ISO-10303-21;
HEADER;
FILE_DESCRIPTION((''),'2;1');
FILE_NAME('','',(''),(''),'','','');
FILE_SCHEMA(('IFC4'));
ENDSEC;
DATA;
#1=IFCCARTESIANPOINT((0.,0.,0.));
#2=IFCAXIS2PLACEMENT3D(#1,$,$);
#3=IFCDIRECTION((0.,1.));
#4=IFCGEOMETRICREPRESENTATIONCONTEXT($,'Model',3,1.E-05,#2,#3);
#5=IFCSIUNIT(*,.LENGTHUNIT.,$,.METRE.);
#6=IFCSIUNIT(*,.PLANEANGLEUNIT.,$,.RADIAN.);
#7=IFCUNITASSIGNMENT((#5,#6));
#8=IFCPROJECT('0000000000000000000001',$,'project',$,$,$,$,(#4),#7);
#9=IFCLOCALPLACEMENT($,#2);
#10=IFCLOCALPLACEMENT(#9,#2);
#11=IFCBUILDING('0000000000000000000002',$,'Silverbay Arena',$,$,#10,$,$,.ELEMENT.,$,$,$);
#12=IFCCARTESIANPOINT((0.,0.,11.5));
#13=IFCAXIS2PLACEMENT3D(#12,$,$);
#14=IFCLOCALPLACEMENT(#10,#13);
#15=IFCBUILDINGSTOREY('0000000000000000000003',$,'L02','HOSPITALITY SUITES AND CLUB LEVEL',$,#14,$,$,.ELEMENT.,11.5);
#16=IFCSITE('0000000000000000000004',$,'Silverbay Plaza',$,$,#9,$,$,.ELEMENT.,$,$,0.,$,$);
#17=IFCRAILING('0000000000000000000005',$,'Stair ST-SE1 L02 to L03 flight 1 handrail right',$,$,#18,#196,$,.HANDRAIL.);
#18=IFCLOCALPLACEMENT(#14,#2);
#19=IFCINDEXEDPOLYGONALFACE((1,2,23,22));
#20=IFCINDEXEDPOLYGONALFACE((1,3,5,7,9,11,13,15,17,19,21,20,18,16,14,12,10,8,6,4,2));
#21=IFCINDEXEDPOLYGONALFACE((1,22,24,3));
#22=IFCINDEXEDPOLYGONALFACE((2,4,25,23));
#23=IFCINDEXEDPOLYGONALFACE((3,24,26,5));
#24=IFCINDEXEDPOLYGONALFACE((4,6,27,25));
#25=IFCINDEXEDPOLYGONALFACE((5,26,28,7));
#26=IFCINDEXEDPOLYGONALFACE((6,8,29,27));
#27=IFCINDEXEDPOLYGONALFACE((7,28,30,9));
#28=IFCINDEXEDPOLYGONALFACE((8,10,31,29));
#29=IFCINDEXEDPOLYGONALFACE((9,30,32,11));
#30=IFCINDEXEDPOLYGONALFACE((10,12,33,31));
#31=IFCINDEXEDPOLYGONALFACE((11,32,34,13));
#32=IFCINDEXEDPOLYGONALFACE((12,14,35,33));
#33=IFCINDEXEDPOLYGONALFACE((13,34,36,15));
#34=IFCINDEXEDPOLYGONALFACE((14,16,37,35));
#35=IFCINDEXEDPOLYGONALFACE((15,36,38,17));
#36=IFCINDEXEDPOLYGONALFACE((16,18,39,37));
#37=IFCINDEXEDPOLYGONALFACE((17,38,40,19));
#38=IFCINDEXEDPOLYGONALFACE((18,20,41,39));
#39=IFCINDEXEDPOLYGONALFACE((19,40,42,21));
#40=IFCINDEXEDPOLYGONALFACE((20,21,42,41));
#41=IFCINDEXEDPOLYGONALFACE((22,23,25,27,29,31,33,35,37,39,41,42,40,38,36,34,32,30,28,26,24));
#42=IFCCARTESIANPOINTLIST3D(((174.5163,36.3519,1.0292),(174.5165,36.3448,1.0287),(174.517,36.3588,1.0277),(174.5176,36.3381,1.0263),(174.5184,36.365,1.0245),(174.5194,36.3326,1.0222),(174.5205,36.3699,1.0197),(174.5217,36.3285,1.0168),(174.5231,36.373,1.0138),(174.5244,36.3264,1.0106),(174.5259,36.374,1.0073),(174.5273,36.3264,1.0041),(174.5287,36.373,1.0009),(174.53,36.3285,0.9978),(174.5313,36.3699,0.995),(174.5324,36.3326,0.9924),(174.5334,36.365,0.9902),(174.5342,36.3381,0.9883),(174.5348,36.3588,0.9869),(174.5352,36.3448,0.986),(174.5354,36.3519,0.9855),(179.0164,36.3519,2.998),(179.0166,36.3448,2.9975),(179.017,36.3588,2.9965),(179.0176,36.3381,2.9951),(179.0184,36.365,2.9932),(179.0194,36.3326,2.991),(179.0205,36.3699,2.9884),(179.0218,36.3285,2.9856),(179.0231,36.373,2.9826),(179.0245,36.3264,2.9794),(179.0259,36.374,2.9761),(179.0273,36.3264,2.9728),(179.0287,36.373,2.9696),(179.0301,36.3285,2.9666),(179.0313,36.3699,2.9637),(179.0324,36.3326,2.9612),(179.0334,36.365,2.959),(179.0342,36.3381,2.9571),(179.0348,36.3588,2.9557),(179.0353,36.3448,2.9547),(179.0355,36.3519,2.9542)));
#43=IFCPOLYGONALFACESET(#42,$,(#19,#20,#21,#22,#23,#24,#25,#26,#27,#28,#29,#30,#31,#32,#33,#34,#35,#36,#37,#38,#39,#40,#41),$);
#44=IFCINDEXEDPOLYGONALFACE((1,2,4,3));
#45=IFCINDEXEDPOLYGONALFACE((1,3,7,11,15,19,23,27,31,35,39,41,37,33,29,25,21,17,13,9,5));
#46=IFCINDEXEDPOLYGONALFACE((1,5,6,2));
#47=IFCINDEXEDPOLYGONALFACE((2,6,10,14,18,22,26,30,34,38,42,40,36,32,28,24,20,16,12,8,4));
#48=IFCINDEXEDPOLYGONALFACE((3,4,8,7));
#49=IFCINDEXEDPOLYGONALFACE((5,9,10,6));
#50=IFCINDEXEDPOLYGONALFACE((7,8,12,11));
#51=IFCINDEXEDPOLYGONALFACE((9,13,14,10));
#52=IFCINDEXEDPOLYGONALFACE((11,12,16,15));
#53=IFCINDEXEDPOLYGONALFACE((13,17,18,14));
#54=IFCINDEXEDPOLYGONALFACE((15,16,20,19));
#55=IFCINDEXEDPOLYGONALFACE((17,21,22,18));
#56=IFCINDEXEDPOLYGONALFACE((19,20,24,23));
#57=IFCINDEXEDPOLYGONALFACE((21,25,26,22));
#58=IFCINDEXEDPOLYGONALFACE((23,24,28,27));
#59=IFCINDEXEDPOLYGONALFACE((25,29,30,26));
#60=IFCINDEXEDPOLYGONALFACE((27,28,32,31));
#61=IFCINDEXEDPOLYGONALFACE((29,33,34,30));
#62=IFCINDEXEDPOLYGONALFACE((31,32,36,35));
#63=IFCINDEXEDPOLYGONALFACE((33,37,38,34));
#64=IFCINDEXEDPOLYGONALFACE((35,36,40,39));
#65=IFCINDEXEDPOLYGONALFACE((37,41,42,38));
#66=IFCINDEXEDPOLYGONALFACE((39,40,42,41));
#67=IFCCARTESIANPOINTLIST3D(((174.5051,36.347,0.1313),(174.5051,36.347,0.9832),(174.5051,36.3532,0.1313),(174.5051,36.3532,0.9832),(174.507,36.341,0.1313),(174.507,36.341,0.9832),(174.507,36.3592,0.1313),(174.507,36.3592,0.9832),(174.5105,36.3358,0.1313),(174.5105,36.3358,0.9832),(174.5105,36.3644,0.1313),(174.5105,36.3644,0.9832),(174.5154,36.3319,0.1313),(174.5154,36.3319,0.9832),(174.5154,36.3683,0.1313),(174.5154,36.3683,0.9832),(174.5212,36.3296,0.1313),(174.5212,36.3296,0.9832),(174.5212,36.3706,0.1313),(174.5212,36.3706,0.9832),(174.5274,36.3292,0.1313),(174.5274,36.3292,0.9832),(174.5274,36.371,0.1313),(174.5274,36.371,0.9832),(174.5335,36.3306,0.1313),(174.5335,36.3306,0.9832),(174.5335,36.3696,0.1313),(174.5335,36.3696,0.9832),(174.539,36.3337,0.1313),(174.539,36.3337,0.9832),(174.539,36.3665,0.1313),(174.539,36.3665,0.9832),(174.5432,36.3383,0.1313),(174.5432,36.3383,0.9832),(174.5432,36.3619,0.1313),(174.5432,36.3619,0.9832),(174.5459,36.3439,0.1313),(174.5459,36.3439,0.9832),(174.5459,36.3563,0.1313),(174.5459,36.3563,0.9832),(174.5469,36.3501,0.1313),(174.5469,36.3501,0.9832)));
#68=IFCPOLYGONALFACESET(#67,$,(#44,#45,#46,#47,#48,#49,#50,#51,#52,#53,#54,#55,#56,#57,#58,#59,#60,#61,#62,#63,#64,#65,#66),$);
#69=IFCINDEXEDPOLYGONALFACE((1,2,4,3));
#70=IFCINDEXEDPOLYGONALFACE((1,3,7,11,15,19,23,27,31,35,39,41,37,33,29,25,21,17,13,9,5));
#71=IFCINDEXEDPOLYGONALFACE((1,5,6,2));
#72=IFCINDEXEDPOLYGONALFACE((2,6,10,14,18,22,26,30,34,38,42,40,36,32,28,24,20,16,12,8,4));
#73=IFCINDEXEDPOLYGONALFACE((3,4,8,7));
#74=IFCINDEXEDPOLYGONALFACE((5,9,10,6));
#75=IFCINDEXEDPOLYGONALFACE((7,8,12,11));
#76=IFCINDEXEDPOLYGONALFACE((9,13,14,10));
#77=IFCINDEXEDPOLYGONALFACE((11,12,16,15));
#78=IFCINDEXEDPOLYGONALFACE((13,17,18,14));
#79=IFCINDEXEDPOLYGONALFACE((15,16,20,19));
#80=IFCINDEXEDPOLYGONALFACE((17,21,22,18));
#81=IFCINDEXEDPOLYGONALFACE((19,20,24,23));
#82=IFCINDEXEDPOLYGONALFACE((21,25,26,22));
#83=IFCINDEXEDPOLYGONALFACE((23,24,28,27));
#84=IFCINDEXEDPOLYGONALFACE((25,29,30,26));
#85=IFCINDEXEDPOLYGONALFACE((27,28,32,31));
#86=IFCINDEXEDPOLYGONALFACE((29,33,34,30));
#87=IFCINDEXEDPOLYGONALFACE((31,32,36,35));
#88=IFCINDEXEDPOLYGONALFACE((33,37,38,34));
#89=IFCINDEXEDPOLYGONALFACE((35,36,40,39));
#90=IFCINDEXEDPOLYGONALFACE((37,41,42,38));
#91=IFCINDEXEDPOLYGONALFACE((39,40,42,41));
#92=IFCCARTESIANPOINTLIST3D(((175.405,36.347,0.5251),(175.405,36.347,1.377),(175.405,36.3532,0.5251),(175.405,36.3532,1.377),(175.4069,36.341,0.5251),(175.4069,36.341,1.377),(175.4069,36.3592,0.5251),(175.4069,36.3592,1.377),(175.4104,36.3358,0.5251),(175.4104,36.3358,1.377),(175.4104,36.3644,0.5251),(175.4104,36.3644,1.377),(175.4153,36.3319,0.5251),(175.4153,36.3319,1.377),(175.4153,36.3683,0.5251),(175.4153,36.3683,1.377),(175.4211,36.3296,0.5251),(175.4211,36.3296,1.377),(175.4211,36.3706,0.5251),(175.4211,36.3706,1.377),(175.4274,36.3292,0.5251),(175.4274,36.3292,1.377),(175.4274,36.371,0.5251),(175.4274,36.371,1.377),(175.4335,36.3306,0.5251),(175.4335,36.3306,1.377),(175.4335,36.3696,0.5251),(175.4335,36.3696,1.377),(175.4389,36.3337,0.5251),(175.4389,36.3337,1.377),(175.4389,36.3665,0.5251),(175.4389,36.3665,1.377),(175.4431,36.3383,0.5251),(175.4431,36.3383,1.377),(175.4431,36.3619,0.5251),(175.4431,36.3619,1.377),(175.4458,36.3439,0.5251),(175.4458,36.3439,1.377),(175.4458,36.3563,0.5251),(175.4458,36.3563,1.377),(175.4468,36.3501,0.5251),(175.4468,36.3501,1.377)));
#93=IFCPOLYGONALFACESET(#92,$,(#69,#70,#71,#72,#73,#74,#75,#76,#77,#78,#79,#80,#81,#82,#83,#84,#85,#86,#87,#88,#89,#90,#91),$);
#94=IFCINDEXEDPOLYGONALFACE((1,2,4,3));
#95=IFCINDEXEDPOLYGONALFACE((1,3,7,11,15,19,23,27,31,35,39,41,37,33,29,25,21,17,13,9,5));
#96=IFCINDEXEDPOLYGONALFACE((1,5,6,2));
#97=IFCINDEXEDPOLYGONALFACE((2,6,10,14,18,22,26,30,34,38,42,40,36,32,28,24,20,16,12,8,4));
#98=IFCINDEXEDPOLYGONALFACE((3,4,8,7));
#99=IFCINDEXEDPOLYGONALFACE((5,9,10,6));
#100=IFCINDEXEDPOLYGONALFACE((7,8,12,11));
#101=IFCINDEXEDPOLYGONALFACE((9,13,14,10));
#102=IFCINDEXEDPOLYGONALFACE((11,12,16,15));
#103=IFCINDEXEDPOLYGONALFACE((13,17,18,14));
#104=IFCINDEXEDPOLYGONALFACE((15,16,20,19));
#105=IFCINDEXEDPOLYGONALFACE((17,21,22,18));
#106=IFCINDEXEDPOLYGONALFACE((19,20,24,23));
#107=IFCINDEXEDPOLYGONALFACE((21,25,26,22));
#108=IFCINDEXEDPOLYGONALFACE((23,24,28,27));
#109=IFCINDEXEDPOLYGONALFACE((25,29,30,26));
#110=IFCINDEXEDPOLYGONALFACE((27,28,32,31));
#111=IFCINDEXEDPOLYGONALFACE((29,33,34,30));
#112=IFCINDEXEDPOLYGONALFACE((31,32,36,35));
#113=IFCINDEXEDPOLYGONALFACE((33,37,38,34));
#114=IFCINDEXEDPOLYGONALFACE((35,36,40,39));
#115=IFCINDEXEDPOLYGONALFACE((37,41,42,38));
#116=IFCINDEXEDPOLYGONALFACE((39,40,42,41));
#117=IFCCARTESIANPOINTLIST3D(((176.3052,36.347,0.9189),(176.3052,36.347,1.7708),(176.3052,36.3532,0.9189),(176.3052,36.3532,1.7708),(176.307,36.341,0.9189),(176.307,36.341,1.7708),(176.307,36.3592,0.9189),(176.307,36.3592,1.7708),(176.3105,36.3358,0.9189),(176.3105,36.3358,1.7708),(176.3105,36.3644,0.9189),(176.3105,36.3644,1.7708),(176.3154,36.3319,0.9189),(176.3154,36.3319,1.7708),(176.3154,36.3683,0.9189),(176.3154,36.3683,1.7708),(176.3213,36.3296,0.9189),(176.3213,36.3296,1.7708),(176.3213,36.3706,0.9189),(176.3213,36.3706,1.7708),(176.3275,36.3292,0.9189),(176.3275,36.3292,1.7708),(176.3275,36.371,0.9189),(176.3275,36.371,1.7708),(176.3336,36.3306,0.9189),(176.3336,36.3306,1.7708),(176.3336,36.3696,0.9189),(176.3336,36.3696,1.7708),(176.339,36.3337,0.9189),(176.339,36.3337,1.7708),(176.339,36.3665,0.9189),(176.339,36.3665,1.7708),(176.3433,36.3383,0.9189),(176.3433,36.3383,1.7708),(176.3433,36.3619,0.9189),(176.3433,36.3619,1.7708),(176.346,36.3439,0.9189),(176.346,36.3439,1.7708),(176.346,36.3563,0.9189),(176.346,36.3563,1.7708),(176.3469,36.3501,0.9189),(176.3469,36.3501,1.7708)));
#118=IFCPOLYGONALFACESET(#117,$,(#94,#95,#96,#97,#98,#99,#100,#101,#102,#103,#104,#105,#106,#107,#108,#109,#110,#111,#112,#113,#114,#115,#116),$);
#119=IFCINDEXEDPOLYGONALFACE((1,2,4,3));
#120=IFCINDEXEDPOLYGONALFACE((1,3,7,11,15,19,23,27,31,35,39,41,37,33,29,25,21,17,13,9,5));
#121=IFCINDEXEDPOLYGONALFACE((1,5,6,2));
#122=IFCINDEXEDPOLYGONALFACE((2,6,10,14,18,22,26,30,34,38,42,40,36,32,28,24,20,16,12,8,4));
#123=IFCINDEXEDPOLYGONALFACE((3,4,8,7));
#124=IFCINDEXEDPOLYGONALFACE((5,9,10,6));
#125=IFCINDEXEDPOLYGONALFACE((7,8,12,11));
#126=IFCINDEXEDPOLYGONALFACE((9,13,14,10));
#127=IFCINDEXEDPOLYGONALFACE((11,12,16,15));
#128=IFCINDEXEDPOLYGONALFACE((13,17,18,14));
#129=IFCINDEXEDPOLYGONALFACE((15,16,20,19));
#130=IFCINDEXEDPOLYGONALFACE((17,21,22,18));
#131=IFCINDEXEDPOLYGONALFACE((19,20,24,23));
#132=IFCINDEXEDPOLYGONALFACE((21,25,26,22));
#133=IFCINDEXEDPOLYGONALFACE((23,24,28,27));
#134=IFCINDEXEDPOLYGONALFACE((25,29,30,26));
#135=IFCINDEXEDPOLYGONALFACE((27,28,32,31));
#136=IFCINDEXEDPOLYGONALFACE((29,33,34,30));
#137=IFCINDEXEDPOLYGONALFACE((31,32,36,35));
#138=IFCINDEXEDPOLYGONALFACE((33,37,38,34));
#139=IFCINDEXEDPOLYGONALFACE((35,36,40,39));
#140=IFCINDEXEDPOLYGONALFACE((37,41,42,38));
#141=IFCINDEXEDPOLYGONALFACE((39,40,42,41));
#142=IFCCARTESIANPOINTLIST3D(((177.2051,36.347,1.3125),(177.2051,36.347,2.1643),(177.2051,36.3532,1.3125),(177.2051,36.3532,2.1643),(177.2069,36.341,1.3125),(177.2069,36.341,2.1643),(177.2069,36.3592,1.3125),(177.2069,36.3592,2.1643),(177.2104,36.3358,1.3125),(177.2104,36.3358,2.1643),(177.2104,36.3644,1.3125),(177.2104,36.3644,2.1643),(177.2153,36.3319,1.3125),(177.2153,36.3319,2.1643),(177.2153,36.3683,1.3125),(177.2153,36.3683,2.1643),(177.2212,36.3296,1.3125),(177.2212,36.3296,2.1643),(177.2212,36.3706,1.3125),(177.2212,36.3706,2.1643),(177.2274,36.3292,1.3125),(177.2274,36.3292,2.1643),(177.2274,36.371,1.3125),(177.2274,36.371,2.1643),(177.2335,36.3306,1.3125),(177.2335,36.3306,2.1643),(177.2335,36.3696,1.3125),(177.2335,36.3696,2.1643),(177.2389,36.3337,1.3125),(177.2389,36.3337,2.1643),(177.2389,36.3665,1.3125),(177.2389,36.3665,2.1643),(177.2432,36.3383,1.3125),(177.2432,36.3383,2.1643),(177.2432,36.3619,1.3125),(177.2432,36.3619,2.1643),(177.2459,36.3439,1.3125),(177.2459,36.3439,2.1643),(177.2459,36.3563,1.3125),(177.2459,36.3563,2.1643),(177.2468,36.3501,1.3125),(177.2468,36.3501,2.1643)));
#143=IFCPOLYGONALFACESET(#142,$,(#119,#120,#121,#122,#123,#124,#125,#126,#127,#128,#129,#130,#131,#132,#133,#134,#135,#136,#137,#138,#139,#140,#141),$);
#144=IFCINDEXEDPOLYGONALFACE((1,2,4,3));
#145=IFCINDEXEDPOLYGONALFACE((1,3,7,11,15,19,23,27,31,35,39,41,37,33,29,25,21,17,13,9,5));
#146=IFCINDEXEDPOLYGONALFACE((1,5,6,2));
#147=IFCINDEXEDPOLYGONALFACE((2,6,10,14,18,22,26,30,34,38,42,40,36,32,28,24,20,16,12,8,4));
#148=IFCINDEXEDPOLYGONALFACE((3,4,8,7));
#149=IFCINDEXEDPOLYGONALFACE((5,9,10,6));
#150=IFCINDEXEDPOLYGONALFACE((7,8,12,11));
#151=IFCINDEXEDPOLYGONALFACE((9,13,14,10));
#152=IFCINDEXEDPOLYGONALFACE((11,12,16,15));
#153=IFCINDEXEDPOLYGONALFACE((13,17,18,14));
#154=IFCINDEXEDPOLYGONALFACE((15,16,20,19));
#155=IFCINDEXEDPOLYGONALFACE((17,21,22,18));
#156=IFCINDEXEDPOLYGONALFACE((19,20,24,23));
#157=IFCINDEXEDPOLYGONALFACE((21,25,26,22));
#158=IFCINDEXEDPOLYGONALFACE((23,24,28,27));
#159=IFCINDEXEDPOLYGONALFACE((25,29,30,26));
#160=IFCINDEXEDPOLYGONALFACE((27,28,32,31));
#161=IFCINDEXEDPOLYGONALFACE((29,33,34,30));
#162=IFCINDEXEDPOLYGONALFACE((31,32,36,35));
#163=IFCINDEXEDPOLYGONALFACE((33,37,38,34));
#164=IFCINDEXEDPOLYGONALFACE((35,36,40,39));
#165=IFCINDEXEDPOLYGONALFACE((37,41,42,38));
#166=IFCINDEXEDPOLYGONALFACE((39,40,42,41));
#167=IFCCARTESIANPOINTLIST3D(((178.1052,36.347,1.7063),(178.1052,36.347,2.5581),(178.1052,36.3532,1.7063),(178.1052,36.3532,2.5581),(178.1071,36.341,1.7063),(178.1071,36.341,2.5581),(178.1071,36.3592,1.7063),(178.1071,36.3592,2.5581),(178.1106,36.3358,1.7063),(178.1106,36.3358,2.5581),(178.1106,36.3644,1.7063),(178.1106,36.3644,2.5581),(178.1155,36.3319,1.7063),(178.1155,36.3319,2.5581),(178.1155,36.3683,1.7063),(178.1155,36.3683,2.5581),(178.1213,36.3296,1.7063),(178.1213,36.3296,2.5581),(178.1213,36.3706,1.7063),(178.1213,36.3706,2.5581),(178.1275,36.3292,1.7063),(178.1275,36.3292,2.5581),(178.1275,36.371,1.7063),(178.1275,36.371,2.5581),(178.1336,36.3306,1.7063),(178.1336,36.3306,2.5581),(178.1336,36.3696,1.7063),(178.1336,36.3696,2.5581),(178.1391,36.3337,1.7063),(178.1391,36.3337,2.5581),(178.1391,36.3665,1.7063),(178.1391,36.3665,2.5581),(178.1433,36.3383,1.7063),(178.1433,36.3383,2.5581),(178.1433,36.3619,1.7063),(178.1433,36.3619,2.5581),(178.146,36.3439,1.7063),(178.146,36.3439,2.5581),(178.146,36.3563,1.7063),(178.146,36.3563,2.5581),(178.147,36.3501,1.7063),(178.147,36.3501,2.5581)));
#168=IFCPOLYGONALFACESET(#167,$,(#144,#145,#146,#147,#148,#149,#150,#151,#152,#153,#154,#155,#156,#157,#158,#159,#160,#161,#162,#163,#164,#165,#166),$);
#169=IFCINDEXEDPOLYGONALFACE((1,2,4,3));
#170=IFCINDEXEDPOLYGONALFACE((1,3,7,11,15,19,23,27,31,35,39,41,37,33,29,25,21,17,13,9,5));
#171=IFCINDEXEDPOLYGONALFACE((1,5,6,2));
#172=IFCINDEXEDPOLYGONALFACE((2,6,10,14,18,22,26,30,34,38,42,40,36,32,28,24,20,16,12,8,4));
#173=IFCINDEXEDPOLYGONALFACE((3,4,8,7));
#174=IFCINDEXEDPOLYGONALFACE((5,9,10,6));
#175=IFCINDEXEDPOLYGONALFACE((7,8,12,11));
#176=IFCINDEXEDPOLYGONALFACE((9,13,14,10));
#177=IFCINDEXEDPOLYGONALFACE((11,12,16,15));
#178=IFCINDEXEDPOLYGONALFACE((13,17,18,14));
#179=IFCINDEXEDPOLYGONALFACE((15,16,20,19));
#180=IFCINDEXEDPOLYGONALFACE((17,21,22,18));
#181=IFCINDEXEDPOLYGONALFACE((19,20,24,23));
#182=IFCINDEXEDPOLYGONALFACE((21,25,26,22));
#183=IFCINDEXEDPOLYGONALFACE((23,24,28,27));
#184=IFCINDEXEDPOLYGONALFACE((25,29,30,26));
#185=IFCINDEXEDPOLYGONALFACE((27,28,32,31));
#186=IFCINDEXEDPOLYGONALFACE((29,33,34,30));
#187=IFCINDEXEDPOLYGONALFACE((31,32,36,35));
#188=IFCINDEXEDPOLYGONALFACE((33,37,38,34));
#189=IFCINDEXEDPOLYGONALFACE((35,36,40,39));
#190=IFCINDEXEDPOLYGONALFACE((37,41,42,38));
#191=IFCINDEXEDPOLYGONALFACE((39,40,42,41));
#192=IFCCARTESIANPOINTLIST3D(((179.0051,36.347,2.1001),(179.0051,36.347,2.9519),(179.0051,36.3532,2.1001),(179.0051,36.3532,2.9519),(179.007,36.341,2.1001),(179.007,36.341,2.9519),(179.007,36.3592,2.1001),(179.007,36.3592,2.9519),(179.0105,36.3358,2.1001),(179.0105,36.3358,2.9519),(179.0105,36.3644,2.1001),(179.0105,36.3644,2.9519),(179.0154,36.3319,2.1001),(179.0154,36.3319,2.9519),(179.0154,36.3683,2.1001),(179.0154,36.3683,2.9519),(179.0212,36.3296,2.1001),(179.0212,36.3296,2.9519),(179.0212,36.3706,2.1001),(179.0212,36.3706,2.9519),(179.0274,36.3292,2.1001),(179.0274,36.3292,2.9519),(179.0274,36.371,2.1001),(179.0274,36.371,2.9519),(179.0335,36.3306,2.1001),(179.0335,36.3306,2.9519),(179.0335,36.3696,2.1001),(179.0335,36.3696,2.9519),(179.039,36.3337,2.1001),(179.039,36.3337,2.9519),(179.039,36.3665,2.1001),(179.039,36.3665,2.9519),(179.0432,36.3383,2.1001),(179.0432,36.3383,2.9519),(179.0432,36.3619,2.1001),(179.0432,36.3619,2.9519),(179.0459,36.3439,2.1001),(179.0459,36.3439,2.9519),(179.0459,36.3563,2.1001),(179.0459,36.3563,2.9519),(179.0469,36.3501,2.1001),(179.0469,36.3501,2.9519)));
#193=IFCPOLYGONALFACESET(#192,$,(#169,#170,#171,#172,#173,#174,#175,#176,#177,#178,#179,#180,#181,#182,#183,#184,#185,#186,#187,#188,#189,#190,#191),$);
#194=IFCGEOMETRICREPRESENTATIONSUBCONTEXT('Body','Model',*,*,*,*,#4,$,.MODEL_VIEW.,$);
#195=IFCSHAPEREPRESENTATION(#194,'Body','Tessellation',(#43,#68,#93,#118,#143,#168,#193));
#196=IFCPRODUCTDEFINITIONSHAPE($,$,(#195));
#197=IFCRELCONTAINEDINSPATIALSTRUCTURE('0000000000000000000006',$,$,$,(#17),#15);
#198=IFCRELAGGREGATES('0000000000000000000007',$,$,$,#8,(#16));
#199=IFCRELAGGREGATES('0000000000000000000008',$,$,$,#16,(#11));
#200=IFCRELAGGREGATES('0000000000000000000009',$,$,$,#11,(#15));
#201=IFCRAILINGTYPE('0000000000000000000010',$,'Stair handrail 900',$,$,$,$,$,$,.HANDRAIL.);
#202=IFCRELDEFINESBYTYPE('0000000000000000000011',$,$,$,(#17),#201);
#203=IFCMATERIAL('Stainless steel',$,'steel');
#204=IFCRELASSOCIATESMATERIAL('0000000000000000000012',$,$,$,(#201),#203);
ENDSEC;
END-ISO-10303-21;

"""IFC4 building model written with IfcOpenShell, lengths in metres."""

from ifc_helpers import new_model, si_unit, direction, frame, origin, origin_2d, place, context, subcontext, project, spatial, circle, extrude, material, type_object, element, save


model = new_model("IFC4")

# Units and contexts
model_context = context("Model", 3, precision=1e-05, world=origin(), true_north=direction((0.0, 1.0)))
body_context = subcontext(model_context, "Body", "Model", "MODEL_VIEW")
ifc_project = project(units=[si_unit("LENGTHUNIT", "METRE"), si_unit("PLANEANGLEUNIT", "RADIAN")], contexts=[model_context])

# Site, building, storey
site_placement = place(None, origin())
site = spatial("IfcSite", under=ifc_project, at=site_placement, Name="Silverbay Plaza", CompositionType="ELEMENT", RefElevation=0.0)
building_placement = place(site_placement, origin())
building = spatial("IfcBuilding", under=site, at=building_placement, Name="Silverbay Arena", CompositionType="ELEMENT")
storey_placement = place(building_placement, frame((0.0, 0.0, 11.5)))
storey = spatial("IfcBuildingStorey", under=building, at=storey_placement, Name="L02", Description="HOSPITALITY SUITES AND CLUB LEVEL", CompositionType="ELEMENT", Elevation=11.5)

# Railing
ifc_material_1 = material(Name="Stainless steel", Category="steel")
railing_type_1 = type_object("IfcRailingType", Name="Stair handrail 900", PredefinedType="HANDRAIL", material=ifc_material_1)
for number, where, name in (
    (1, (174.5259, 36.3501, 0.1313), "Stair ST-SE1 L02 to L03 flight 1 handrail right"),
):
    element("IfcRailing", number, at=place(storey_placement, frame(where)), inside=storey, type_object=railing_type_1, Name=name, PredefinedType="HANDRAIL", context=body_context, shape_type="SweptSolid", body=[
        extrude(circle(Radius=0.0239, at=origin_2d()), frame((0.0, 0.0, 0.876), z_axis=(0.916157, 0.0, 0.400819), x_axis=(0.0, 1.0, 0.0)), (0.0, 0.0, 1.0), 4.9119),
        extrude(circle(Radius=0.021, at=origin_2d()), origin(), (0.0, 0.0, 1.0), 0.8518),
        extrude(circle(Radius=0.021, at=origin_2d()), frame((0.8999, 0.0, 0.3938)), (0.0, 0.0, 1.0), 0.8518),
        extrude(circle(Radius=0.021, at=origin_2d()), frame((1.8, 0.0, 0.7876)), (0.0, 0.0, 1.0), 0.8518),
        extrude(circle(Radius=0.021, at=origin_2d()), frame((2.7, 0.0, 1.1812)), (0.0, 0.0, 1.0), 0.8518),
        extrude(circle(Radius=0.021, at=origin_2d()), frame((3.6001, 0.0, 1.575)), (0.0, 0.0, 1.0), 0.8518),
        extrude(circle(Radius=0.021, at=origin_2d()), frame((4.5, 0.0, 1.9688)), (0.0, 0.0, 1.0), 0.8518),
    ])

save(model, "model.ifc")
